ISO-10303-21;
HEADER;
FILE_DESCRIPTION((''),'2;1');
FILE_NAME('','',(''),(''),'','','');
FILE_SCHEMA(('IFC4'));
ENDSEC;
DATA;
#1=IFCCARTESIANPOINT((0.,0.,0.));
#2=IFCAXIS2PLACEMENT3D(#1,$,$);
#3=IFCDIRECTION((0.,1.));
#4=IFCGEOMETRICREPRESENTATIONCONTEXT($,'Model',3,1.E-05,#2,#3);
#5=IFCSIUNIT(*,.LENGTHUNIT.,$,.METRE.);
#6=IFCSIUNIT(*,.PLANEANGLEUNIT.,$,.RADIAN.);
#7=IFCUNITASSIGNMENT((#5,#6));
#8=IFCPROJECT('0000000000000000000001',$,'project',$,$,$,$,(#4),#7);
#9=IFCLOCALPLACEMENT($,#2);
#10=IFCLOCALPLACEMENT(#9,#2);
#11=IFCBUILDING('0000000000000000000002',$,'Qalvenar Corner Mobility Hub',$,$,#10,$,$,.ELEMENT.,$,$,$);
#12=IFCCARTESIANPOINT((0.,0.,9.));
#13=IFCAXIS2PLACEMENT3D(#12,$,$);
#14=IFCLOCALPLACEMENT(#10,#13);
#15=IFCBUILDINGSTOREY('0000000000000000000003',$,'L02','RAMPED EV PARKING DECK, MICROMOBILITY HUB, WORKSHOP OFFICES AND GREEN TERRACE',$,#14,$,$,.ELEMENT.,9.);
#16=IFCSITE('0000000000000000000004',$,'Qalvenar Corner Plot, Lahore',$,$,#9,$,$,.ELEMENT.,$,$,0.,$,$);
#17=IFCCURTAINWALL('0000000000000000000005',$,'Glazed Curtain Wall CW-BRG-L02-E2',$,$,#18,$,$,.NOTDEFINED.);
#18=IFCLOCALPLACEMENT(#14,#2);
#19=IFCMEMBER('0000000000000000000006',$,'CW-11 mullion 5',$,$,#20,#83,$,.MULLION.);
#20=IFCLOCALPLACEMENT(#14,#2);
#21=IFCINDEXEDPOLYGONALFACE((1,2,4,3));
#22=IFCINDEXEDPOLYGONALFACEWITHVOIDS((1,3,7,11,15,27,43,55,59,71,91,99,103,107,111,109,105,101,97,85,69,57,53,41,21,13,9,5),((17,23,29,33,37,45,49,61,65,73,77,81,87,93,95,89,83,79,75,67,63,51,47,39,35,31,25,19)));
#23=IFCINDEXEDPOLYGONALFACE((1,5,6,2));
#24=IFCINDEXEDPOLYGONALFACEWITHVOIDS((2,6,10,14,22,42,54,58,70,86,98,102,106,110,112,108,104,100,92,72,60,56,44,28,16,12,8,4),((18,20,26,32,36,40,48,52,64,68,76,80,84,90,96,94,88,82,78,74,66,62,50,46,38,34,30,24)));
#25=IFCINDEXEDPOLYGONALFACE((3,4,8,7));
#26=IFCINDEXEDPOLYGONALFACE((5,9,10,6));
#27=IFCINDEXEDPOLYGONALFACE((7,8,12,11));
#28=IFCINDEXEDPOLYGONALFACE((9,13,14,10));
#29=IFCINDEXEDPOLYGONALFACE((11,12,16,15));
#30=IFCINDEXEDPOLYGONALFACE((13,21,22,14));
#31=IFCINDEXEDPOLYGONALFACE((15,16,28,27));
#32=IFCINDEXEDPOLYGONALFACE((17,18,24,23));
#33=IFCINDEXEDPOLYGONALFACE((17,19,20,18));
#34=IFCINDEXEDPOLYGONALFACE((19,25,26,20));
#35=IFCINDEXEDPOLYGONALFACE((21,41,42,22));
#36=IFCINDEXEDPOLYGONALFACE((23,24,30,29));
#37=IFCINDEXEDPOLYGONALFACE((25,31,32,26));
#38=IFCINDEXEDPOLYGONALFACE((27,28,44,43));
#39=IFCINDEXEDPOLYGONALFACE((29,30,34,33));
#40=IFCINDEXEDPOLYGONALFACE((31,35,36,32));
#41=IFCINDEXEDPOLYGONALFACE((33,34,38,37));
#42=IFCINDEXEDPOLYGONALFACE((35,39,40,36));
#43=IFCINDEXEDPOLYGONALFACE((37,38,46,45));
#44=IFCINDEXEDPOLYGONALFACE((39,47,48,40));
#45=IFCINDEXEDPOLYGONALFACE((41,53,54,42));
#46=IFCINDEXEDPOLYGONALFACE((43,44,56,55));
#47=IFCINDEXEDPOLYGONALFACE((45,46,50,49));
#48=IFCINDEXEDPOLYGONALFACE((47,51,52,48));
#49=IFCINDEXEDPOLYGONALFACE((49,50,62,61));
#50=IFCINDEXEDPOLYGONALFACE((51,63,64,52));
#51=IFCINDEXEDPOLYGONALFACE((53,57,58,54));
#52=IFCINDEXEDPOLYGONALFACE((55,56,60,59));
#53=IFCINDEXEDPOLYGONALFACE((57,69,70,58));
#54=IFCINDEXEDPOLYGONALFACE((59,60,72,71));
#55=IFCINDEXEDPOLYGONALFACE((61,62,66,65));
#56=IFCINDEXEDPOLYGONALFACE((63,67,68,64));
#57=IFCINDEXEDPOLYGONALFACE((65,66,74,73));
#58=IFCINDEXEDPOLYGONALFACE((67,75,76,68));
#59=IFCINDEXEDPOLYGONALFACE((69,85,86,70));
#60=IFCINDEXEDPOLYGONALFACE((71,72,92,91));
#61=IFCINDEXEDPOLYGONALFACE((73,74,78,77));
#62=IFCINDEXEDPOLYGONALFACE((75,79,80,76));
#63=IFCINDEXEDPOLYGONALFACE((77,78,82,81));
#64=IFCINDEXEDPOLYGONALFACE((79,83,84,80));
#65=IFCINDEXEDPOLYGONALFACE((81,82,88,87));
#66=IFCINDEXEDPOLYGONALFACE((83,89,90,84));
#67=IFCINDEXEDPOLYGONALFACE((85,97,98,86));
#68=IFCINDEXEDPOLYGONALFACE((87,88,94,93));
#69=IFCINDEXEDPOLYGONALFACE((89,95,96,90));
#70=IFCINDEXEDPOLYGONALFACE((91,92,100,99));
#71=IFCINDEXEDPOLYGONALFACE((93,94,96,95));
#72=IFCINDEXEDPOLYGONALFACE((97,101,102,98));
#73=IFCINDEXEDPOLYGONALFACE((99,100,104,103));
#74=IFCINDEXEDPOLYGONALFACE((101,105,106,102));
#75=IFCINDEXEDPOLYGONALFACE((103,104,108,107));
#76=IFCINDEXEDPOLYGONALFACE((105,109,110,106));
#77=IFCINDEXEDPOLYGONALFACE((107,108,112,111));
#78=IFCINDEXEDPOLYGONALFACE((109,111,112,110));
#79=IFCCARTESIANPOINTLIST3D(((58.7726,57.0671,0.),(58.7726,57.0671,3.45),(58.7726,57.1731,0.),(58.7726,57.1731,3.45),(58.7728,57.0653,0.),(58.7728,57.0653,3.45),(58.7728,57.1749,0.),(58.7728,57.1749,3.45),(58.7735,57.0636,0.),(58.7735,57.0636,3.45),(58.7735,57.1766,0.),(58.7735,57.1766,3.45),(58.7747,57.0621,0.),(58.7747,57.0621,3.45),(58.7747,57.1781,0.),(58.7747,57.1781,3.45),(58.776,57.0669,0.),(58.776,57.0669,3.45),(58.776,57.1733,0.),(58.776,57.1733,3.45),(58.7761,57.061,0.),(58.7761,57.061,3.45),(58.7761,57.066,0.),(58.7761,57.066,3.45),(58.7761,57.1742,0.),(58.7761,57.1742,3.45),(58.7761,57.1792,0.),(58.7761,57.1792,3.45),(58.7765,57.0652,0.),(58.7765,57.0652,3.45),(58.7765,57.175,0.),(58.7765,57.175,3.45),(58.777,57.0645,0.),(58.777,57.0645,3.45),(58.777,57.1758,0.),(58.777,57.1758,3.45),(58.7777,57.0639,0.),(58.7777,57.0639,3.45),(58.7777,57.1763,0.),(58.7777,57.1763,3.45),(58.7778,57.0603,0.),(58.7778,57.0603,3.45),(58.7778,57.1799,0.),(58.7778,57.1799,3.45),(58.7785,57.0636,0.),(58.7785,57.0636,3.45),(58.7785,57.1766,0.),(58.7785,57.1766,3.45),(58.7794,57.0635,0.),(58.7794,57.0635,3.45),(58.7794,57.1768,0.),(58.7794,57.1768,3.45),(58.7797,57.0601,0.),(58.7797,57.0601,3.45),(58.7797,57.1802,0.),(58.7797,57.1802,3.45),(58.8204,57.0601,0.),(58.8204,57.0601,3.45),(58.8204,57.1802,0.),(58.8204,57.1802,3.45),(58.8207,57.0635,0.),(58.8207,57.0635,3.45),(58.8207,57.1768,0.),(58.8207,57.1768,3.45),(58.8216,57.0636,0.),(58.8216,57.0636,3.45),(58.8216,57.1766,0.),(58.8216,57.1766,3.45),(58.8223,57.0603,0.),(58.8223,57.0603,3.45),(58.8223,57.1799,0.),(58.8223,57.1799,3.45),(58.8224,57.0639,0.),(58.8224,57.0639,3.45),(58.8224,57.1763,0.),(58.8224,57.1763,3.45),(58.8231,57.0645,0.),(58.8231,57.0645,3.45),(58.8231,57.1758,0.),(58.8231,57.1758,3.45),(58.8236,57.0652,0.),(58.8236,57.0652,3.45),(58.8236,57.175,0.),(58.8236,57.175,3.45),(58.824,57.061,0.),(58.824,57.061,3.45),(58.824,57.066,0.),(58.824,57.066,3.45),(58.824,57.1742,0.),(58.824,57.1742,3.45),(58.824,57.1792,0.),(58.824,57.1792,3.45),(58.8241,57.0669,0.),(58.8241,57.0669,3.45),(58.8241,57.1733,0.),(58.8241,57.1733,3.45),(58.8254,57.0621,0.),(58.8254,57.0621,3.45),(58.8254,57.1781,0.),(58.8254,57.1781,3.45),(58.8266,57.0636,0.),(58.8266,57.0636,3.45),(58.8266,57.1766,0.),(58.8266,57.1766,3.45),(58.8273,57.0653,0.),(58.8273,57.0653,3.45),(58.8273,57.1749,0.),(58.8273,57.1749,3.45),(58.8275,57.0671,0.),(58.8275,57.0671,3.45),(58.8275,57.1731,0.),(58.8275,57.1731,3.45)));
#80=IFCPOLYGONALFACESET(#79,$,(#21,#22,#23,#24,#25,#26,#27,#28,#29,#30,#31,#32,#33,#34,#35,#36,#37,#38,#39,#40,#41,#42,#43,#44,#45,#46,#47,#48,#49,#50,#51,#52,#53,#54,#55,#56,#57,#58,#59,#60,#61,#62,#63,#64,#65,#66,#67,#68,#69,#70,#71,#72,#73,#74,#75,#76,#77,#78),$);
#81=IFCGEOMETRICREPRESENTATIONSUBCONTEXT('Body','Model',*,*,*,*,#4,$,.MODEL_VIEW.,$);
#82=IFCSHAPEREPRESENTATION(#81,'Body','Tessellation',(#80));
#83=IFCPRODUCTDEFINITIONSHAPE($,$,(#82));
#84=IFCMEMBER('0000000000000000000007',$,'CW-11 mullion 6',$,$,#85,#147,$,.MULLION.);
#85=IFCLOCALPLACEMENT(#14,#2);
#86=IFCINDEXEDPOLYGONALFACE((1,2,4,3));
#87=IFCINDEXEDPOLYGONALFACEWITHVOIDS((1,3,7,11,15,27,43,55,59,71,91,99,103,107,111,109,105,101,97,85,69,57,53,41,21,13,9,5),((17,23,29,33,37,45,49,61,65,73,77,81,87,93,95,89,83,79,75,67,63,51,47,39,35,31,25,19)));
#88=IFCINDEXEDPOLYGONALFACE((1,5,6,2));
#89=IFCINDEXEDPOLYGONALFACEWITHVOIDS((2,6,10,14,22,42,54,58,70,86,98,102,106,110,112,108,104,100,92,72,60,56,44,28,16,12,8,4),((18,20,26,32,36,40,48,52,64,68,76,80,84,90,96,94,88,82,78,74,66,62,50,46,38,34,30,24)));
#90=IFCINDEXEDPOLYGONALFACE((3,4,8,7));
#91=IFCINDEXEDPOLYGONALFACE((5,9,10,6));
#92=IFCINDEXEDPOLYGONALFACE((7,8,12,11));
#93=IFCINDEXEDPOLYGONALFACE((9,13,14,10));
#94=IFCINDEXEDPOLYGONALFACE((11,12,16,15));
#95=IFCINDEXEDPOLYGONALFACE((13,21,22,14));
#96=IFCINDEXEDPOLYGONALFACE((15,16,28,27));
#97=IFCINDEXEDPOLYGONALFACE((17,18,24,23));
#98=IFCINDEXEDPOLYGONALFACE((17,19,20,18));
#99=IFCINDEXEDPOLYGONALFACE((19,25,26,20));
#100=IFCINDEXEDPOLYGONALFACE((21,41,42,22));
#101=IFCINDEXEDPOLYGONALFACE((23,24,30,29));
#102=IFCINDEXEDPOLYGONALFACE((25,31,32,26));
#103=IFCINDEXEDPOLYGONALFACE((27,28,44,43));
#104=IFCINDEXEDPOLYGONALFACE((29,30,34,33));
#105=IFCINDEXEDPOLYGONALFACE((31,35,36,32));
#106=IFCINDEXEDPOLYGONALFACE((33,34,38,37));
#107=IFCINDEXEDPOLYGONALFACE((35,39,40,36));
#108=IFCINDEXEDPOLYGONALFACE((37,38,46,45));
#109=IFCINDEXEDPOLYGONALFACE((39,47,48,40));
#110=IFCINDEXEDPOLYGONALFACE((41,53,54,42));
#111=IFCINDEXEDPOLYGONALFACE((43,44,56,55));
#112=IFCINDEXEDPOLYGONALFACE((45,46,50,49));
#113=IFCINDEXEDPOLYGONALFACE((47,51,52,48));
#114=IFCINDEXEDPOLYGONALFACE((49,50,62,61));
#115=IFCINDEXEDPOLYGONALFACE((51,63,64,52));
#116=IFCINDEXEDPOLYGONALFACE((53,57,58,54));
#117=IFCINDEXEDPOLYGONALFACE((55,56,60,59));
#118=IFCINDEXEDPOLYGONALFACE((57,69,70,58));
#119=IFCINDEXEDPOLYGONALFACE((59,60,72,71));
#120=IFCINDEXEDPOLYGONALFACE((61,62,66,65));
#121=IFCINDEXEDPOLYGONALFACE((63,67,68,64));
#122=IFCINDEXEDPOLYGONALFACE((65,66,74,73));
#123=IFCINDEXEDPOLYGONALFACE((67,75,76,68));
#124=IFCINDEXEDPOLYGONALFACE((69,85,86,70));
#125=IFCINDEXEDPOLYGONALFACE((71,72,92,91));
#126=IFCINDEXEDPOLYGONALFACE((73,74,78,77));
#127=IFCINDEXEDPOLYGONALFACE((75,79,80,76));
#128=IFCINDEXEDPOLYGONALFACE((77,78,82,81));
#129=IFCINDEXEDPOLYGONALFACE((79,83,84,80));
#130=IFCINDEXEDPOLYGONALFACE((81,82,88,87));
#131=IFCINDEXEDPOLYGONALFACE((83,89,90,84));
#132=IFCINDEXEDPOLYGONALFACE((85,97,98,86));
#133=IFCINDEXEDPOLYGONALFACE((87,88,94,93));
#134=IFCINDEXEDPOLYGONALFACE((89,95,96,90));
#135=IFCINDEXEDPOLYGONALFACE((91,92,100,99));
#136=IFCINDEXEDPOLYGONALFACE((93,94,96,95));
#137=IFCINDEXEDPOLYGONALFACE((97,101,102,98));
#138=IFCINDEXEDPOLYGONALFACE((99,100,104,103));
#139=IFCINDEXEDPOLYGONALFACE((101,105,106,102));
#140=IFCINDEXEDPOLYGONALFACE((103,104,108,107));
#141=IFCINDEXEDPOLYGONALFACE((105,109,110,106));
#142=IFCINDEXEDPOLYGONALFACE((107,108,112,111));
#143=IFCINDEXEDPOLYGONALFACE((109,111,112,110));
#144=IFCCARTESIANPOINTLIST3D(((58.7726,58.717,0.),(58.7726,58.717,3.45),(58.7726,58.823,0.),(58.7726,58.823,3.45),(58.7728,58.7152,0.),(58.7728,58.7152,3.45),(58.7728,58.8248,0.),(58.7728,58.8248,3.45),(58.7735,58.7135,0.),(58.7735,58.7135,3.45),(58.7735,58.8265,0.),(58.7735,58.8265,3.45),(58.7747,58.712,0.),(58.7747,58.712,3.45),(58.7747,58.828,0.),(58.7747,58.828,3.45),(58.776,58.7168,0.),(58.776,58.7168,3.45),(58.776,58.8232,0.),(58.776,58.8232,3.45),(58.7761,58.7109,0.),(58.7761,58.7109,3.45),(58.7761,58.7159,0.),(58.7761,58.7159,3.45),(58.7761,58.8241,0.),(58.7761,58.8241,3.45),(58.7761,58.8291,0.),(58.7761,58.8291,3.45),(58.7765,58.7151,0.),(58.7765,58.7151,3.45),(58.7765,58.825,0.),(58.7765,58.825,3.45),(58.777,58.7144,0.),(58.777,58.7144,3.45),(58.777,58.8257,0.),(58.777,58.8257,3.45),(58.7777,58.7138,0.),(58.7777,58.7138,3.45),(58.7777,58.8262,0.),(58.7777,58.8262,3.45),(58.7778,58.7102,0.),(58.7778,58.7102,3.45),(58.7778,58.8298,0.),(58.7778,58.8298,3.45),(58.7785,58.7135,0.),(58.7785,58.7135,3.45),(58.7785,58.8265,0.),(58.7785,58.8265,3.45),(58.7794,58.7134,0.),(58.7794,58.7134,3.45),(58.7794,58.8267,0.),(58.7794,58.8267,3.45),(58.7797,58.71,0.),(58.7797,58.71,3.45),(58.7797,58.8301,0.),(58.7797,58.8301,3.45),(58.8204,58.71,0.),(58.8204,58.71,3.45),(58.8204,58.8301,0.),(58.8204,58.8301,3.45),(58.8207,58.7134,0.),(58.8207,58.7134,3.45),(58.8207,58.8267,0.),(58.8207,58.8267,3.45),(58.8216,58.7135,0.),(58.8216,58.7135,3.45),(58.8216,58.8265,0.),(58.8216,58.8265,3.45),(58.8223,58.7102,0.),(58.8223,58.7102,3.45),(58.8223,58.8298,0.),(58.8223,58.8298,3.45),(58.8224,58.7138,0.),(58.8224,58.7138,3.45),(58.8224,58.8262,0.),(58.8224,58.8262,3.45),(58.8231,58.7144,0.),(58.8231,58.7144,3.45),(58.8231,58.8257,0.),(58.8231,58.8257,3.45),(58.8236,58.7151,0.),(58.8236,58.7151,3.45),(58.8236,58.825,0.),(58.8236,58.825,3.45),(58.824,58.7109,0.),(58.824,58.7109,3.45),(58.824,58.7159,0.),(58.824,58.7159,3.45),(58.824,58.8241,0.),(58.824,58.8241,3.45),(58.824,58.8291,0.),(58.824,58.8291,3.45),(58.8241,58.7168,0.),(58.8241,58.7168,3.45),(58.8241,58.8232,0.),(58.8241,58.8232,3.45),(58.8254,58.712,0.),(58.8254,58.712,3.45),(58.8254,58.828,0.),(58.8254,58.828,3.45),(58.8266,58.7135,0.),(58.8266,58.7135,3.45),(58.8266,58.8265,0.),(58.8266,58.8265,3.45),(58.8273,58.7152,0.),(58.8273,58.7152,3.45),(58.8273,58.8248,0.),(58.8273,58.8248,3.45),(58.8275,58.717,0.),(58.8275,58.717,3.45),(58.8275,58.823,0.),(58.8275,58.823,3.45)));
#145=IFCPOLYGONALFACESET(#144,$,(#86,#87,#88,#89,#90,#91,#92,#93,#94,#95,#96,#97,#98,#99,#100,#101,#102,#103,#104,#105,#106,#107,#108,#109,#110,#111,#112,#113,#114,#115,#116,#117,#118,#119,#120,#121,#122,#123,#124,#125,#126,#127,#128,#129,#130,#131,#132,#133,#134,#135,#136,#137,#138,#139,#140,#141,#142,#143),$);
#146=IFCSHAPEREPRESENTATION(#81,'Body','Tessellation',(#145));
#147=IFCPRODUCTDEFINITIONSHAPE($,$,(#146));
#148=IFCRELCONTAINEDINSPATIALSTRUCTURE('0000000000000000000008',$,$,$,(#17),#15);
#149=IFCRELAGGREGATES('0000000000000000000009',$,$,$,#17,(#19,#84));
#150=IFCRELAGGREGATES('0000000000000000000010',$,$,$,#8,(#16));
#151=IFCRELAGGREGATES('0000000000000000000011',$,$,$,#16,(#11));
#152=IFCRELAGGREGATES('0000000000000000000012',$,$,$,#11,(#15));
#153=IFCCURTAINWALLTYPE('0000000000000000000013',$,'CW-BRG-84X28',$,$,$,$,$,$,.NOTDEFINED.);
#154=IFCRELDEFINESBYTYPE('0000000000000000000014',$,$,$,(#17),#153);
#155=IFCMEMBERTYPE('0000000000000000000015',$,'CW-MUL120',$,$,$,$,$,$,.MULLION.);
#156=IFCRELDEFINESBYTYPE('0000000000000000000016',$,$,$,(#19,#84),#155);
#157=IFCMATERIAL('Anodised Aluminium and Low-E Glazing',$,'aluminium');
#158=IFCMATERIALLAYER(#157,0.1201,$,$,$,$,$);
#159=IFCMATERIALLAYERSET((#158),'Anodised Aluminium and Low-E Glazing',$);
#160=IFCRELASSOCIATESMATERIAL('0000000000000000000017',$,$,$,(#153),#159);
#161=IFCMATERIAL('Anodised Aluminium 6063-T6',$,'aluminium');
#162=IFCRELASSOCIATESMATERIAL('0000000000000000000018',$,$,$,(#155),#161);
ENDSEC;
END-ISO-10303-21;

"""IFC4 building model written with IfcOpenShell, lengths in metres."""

from ifc_helpers import new_model, si_unit, direction, frame, origin, origin_2d, place, context, subcontext, project, spatial, hollow_rectangle, extrude, material, layer, layer_set, material_profile, profile_set, type_object, element, aggregate, save


model = new_model("IFC4")

# Units and contexts
model_context = context("Model", 3, precision=1e-05, world=origin(), true_north=direction((0.0, 1.0)))
body_context = subcontext(model_context, "Body", "Model", "MODEL_VIEW")
ifc_project = project(units=[si_unit("LENGTHUNIT", "METRE"), si_unit("PLANEANGLEUNIT", "RADIAN")], contexts=[model_context])

# Site, building, storey
site_placement = place(None, origin())
site = spatial("IfcSite", under=ifc_project, at=site_placement, Name="Qalvenar Corner Plot, Lahore", CompositionType="ELEMENT", RefElevation=0.0)
building_placement = place(site_placement, origin())
building = spatial("IfcBuilding", under=site, at=building_placement, Name="Qalvenar Corner Mobility Hub", CompositionType="ELEMENT")
storey_placement = place(building_placement, frame((0.0, 0.0, 9.0)))
storey = spatial("IfcBuildingStorey", under=building, at=storey_placement, Name="L02", Description="RAMPED EV PARKING DECK, MICROMOBILITY HUB, WORKSHOP OFFICES AND GREEN TERRACE", CompositionType="ELEMENT", Elevation=9.0)

# Curtain wall, members
ifc_material_1 = material(Name="Anodised Aluminium and Low-E Glazing", Category="aluminium")
ifc_layer_1 = layer(ifc_material_1, 0.1201)
ifc_layer_set_1 = layer_set([ifc_layer_1], Name="Anodised Aluminium and Low-E Glazing")
curtain_wall_type = type_object("IfcCurtainWallType", Name="CW-BRG-84X28", PredefinedType="NOTDEFINED", material=ifc_layer_set_1)
curtain_wall_placement = place(storey_placement, origin())
curtain_wall = element("IfcCurtainWall", 1, at=curtain_wall_placement, inside=storey, type_object=curtain_wall_type, Name="Glazed Curtain Wall CW-BRG-L02-E2", PredefinedType="NOTDEFINED")
ifc_material_2 = material(Name="Anodised Aluminium 6063-T6", Category="aluminium")
ifc_material_profile_1 = material_profile(ifc_material_2, hollow_rectangle(XDim=0.0549, YDim=0.1201, WallThickness=0.0034, InnerFilletRadius=0.0034, OuterFilletRadius=0.0071, at=origin_2d()), Name="RHS120x55x3.5")
ifc_profile_set_1 = profile_set([ifc_material_profile_1], Name="Anodised Aluminium 6063-T6")
member_type_1 = type_object("IfcMemberType", Name="CW-MUL120", PredefinedType="MULLION", material=ifc_profile_set_1)
member_1_placement = place(storey_placement, frame((58.8, 57.1201, 0.0), z_axis=(0.0, 0.0, 1.0), x_axis=(-1.0, 0.0, 0.0)))
member_1 = element("IfcMember", 2, at=member_1_placement, type_object=member_type_1, Name="CW-11 mullion 5", PredefinedType="MULLION", context=body_context, shape_type="SweptSolid", body=[
    extrude(hollow_rectangle(XDim=0.0549, YDim=0.1201, WallThickness=0.0034, InnerFilletRadius=0.0034, OuterFilletRadius=0.0071, at=origin_2d()), origin(), (0.0, 0.0, 1.0), 3.45),
])
member_2_placement = place(storey_placement, frame((58.8, 58.77, 0.0), z_axis=(0.0, 0.0, 1.0), x_axis=(-1.0, 0.0, 0.0)))
member_2 = element("IfcMember", 3, at=member_2_placement, type_object=member_type_1, Name="CW-11 mullion 6", PredefinedType="MULLION", context=body_context, shape_type="SweptSolid", body=[
    extrude(hollow_rectangle(XDim=0.0549, YDim=0.1201, WallThickness=0.0034, InnerFilletRadius=0.0034, OuterFilletRadius=0.0071, at=origin_2d()), origin(), (0.0, 0.0, 1.0), 3.45),
])
aggregate(curtain_wall, [member_1, member_2])

save(model, "model.ifc")
